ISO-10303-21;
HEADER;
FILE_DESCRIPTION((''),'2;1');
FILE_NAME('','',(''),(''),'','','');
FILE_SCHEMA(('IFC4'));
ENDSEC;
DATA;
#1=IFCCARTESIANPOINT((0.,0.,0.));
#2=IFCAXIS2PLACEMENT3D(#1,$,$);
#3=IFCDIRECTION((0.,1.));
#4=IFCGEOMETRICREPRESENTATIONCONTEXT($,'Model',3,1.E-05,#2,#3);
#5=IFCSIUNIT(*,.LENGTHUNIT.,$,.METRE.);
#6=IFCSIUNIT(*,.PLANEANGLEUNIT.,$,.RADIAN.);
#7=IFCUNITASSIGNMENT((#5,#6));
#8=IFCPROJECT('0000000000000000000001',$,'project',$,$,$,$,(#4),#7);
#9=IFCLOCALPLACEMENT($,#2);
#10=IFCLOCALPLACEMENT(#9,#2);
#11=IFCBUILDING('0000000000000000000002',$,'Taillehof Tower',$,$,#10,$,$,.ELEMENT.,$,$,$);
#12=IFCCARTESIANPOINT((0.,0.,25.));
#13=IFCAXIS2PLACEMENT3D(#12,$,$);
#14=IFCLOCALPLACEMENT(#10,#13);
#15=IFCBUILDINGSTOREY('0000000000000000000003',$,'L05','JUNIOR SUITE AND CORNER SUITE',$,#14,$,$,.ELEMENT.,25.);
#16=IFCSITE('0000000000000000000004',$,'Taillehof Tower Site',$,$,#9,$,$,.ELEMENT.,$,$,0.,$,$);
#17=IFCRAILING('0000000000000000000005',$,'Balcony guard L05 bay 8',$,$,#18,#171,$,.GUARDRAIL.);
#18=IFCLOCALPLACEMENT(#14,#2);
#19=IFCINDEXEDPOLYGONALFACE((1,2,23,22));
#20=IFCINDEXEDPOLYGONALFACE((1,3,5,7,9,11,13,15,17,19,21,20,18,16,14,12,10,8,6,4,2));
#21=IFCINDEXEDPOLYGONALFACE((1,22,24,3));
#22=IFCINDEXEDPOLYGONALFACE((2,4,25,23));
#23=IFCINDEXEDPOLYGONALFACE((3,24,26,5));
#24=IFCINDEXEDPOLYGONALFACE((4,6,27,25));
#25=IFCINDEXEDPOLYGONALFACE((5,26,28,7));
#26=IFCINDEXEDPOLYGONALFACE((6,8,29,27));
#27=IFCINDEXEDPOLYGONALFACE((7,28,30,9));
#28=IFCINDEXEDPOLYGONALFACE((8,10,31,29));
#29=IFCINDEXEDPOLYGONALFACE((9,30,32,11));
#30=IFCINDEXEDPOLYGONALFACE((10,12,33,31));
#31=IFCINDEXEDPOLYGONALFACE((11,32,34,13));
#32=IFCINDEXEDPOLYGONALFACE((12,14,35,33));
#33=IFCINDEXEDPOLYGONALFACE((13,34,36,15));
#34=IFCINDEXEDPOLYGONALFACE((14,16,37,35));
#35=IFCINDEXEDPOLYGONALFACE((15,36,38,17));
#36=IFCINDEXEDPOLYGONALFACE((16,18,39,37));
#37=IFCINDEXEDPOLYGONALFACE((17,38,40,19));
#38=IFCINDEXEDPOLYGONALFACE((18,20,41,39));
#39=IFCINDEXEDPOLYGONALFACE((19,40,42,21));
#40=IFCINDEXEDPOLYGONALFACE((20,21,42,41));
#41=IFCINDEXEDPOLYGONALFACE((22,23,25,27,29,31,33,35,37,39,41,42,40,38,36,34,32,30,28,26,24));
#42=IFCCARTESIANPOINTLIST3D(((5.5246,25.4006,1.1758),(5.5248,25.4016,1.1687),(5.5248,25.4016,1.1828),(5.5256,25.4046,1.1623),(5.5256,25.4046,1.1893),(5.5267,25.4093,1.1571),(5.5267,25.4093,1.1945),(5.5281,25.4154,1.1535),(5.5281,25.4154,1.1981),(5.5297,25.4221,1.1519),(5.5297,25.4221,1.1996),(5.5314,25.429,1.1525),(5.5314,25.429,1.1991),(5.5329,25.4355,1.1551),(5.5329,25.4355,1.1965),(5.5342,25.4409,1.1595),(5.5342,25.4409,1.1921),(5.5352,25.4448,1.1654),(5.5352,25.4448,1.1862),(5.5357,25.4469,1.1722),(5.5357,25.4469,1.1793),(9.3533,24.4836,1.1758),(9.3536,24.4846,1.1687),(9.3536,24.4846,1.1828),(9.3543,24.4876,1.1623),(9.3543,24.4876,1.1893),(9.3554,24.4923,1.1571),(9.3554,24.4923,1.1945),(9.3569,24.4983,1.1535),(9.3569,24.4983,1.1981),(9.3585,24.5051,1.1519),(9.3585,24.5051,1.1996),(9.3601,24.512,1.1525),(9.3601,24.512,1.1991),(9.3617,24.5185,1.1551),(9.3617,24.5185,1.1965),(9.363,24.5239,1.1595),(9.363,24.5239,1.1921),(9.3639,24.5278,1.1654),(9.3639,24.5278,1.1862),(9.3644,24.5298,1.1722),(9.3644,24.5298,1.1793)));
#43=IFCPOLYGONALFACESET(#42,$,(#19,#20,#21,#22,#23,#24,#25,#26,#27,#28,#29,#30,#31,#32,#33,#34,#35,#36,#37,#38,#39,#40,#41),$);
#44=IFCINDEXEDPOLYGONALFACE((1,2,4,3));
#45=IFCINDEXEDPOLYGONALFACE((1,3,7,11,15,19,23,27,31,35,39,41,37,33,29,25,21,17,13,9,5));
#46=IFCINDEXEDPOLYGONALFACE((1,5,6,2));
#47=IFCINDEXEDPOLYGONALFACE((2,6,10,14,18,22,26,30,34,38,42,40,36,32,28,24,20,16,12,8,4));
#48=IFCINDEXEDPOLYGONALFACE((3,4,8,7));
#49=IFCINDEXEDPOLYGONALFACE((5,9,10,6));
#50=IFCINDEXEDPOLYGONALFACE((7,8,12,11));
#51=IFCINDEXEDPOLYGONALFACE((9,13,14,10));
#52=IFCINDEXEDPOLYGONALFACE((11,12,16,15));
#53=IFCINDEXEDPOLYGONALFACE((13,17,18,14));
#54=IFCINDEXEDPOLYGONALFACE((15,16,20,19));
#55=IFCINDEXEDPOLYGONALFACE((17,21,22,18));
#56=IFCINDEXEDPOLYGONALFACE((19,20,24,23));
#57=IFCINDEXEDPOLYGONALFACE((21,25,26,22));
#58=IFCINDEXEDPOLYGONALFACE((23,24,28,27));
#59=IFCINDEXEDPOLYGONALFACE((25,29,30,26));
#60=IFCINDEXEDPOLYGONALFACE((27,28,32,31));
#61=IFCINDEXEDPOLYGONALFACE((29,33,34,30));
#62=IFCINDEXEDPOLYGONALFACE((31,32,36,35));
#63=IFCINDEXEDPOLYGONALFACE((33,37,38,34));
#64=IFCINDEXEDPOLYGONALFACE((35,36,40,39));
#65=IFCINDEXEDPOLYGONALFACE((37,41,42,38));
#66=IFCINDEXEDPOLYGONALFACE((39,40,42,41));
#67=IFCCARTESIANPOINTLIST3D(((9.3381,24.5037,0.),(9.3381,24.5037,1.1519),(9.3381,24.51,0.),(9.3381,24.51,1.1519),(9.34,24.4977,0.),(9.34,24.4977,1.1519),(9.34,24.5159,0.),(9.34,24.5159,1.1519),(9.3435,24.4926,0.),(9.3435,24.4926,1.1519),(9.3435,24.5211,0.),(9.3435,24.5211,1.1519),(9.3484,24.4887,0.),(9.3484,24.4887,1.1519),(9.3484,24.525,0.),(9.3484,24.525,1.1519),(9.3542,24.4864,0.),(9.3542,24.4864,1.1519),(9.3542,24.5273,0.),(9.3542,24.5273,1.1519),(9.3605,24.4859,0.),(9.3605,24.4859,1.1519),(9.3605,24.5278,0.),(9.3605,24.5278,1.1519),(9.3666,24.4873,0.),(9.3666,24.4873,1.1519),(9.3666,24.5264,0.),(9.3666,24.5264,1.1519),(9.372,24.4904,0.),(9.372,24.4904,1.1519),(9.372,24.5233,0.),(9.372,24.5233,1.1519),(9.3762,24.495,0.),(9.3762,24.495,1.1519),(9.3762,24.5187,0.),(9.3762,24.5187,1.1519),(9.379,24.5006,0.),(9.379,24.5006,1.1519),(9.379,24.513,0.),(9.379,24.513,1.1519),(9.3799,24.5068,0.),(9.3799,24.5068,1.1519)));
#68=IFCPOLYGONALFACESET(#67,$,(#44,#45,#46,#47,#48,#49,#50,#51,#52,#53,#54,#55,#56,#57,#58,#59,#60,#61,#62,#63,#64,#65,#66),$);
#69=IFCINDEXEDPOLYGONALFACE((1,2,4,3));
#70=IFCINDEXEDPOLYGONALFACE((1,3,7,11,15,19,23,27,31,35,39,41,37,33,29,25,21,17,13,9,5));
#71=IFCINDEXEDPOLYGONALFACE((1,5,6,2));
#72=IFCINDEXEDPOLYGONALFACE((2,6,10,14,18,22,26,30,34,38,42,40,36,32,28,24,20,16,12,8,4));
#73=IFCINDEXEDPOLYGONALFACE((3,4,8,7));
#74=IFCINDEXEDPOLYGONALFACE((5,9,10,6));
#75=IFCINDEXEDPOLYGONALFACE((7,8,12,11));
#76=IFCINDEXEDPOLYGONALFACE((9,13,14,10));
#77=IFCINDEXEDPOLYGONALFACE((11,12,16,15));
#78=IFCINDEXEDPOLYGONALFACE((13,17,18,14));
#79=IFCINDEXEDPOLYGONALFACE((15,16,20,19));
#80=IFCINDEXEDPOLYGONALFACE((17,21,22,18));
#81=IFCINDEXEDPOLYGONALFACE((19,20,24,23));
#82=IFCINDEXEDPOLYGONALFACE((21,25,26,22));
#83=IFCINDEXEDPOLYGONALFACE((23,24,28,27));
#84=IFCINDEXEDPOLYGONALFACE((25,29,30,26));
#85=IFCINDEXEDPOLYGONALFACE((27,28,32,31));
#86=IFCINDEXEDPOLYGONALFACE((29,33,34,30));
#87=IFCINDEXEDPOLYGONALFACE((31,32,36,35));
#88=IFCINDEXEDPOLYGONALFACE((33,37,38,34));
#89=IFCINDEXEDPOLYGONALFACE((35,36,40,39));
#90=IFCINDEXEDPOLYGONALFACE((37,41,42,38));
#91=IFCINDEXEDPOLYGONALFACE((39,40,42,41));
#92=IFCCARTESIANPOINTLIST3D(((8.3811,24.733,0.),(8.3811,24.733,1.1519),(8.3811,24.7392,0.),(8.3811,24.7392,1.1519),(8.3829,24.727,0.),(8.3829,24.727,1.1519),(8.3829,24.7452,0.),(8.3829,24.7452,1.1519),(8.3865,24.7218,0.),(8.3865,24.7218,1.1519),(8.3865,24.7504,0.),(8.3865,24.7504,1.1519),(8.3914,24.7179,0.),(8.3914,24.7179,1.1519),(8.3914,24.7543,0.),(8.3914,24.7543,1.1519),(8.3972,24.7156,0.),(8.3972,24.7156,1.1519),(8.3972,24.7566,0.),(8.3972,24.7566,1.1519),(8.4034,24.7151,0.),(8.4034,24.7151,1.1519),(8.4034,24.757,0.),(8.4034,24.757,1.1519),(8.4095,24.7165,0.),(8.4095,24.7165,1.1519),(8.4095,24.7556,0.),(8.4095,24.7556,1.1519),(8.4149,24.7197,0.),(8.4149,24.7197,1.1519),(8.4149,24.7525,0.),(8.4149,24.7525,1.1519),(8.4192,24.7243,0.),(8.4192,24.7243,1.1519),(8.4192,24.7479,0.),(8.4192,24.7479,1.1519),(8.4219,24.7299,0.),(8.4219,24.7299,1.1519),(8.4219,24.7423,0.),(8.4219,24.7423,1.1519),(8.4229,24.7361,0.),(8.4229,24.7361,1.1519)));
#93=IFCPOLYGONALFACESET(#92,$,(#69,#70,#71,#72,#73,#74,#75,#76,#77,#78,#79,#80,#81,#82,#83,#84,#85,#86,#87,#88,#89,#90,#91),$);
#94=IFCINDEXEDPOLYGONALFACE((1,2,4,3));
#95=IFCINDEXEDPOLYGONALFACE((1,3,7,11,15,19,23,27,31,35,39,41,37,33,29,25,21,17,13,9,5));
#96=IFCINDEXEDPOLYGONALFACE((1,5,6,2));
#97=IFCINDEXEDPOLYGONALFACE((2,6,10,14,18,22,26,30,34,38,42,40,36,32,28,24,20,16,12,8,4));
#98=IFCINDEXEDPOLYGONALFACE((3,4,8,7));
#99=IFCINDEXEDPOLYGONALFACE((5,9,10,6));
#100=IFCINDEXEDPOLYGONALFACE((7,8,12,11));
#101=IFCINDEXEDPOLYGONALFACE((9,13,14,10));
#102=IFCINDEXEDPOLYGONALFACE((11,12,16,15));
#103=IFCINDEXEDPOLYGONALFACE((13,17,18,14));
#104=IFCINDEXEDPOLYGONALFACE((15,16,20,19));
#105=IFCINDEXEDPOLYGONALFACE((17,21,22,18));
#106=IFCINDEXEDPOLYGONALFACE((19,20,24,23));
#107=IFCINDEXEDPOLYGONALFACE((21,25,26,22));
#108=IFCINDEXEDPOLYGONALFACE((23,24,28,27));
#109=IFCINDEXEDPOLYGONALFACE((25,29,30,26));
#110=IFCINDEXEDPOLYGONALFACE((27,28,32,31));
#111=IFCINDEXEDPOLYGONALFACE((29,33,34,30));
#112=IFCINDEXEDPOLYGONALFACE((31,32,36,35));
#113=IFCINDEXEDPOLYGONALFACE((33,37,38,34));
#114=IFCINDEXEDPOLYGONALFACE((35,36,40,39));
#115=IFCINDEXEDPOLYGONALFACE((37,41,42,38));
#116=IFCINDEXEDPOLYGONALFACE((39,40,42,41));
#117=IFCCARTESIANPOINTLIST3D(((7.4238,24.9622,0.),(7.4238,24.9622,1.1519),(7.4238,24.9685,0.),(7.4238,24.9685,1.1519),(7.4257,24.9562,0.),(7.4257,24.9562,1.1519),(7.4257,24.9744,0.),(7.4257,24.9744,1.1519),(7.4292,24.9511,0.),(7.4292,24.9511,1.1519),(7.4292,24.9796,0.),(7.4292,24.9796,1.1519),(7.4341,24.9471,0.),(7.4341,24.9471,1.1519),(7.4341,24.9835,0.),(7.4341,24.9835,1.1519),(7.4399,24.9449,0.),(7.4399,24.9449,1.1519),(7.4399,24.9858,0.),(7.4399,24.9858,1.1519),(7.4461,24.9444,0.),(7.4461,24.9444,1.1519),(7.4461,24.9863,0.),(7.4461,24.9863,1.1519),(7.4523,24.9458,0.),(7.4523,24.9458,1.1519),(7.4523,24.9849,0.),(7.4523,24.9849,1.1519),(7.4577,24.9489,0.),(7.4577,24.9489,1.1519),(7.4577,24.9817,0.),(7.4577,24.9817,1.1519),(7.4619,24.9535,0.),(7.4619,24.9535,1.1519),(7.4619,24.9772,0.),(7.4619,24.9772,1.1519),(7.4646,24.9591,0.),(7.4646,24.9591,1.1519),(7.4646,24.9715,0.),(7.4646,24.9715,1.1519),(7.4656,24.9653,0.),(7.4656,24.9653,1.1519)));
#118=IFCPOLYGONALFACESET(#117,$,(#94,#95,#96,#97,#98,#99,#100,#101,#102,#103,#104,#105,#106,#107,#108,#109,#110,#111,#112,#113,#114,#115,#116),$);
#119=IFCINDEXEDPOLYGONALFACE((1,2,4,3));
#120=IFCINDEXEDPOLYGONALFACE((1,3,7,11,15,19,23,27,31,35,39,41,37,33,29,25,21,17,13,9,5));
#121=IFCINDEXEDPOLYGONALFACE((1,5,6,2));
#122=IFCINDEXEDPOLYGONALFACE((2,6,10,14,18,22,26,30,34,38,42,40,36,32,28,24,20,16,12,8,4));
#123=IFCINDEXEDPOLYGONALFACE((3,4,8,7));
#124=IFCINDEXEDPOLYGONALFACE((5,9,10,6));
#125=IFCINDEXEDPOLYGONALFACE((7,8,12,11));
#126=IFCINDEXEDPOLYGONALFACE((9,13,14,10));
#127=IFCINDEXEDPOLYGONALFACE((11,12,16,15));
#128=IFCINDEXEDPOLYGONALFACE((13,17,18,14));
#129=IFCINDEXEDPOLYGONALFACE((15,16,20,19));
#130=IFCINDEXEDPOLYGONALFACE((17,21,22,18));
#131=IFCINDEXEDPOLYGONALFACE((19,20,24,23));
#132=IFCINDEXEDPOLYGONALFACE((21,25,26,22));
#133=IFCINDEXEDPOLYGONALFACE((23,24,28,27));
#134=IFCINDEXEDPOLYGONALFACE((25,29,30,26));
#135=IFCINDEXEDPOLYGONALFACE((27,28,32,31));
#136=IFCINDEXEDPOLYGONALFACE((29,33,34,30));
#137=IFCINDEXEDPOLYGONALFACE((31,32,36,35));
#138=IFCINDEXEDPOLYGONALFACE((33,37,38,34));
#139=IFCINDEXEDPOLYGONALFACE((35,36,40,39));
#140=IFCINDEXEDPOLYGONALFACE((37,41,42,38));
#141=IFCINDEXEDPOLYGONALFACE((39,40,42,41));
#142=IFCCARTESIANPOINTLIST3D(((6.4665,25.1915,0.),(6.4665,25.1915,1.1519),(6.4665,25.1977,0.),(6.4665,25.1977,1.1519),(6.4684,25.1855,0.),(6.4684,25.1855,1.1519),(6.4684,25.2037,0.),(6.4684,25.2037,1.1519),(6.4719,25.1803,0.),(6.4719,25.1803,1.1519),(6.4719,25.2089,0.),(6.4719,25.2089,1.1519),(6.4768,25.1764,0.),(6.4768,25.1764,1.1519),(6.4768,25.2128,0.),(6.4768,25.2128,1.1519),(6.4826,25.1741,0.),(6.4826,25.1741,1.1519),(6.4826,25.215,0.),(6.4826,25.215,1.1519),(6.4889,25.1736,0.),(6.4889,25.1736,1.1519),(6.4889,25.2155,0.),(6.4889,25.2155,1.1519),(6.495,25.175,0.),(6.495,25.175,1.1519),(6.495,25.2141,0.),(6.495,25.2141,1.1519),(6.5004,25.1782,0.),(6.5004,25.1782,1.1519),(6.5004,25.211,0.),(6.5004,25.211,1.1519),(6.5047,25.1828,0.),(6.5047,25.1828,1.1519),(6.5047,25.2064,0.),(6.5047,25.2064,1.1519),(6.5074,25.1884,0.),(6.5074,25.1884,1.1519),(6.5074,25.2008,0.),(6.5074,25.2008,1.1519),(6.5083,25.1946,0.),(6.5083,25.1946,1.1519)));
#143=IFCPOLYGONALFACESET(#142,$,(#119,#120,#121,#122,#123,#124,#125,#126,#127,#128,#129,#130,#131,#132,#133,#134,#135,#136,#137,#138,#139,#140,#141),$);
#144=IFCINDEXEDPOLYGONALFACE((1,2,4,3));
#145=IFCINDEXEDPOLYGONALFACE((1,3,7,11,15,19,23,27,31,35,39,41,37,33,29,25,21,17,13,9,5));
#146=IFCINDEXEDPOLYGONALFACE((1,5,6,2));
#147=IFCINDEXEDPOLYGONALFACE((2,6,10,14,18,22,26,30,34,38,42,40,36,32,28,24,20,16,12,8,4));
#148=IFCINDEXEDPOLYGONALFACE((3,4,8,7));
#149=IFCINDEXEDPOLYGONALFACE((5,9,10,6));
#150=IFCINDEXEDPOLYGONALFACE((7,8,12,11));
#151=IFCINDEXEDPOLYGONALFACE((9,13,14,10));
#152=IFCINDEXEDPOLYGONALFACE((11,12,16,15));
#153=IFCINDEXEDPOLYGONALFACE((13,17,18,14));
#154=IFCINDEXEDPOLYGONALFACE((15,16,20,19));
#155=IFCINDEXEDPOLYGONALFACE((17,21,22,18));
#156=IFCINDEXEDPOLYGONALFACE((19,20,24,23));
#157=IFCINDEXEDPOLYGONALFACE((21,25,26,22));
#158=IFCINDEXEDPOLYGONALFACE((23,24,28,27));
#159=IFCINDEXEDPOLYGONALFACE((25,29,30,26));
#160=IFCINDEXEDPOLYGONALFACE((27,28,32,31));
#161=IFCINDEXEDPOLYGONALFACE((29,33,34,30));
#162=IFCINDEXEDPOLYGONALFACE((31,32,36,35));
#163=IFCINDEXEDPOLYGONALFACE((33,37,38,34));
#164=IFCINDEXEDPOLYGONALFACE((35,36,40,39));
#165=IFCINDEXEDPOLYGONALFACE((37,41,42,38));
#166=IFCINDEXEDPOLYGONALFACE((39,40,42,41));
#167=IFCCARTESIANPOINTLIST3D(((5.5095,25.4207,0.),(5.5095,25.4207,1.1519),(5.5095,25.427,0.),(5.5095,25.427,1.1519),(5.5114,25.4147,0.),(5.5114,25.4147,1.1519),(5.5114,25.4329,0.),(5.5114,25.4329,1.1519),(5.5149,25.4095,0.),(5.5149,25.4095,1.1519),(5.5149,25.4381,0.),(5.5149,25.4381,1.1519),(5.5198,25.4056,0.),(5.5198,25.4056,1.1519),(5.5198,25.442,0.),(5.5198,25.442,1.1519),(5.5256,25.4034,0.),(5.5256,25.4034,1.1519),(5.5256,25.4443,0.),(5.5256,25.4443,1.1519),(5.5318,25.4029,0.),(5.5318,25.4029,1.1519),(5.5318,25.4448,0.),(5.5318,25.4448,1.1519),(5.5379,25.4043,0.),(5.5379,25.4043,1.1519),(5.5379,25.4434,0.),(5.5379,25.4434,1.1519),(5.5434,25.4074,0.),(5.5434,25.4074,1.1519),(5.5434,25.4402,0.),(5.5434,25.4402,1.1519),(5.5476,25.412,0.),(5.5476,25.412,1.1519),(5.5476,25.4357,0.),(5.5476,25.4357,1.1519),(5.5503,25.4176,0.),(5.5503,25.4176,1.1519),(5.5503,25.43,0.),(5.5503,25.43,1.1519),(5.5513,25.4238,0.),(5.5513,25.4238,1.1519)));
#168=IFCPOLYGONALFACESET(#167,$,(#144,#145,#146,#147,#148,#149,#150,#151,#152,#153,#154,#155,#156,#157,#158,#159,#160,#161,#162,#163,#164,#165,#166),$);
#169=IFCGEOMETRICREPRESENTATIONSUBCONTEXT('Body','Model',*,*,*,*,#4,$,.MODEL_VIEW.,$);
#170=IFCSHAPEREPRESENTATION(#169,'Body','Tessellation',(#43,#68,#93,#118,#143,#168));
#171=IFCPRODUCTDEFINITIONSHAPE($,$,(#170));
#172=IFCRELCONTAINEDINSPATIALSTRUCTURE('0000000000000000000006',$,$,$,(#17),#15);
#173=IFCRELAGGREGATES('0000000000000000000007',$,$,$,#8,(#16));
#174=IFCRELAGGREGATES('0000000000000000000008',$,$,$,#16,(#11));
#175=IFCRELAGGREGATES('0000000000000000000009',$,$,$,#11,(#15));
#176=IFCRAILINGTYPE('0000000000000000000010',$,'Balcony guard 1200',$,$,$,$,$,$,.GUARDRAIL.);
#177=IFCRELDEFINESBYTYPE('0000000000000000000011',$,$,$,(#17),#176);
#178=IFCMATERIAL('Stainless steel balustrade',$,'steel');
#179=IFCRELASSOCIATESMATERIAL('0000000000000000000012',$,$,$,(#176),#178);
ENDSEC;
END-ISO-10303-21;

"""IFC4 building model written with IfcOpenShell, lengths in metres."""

from ifc_helpers import new_model, si_unit, direction, frame, origin, origin_2d, place, context, subcontext, project, spatial, circle, extrude, material, type_object, element, save


model = new_model("IFC4")

# Units and contexts
model_context = context("Model", 3, precision=1e-05, world=origin(), true_north=direction((0.0, 1.0)))
body_context = subcontext(model_context, "Body", "Model", "MODEL_VIEW")
ifc_project = project(units=[si_unit("LENGTHUNIT", "METRE"), si_unit("PLANEANGLEUNIT", "RADIAN")], contexts=[model_context])

# Site, building, storey
site_placement = place(None, origin())
site = spatial("IfcSite", under=ifc_project, at=site_placement, Name="Taillehof Tower Site", CompositionType="ELEMENT", RefElevation=0.0)
building_placement = place(site_placement, origin())
building = spatial("IfcBuilding", under=site, at=building_placement, Name="Taillehof Tower", CompositionType="ELEMENT")
storey_placement = place(building_placement, frame((0.0, 0.0, 25.0)))
storey = spatial("IfcBuildingStorey", under=building, at=storey_placement, Name="L05", Description="JUNIOR SUITE AND CORNER SUITE", CompositionType="ELEMENT", Elevation=25.0)

# Railing
ifc_material_1 = material(Name="Stainless steel balustrade", Category="steel")
railing_type = type_object("IfcRailingType", Name="Balcony guard 1200", PredefinedType="GUARDRAIL", material=ifc_material_1)
railing_placement = place(storey_placement, frame((9.3589, 24.5068, 0.0)))
element("IfcRailing", 1, at=railing_placement, inside=storey, type_object=railing_type, Name="Balcony guard L05 bay 8", PredefinedType="GUARDRAIL", context=body_context, shape_type="SweptSolid", body=[
    extrude(circle(Radius=0.0239, at=origin_2d()), frame((0.0, 0.0, 1.1758), z_axis=(-0.972495, 0.232923, 0.0), x_axis=(-0.232923, -0.972495, 0.0)), (0.0, 0.0, 1.0), 3.937),
    extrude(circle(Radius=0.021, at=origin_2d()), origin(), (0.0, 0.0, 1.0), 1.1519),
    extrude(circle(Radius=0.021, at=origin_2d()), frame((-0.957, 0.2292, 0.0)), (0.0, 0.0, 1.0), 1.1519),
    extrude(circle(Radius=0.021, at=origin_2d()), frame((-1.9143, 0.4585, 0.0)), (0.0, 0.0, 1.0), 1.1519),
    extrude(circle(Radius=0.021, at=origin_2d()), frame((-2.8716, 0.6877, 0.0)), (0.0, 0.0, 1.0), 1.1519),
    extrude(circle(Radius=0.021, at=origin_2d()), frame((-3.8286, 0.917, 0.0)), (0.0, 0.0, 1.0), 1.1519),
])

save(model, "model.ifc")
